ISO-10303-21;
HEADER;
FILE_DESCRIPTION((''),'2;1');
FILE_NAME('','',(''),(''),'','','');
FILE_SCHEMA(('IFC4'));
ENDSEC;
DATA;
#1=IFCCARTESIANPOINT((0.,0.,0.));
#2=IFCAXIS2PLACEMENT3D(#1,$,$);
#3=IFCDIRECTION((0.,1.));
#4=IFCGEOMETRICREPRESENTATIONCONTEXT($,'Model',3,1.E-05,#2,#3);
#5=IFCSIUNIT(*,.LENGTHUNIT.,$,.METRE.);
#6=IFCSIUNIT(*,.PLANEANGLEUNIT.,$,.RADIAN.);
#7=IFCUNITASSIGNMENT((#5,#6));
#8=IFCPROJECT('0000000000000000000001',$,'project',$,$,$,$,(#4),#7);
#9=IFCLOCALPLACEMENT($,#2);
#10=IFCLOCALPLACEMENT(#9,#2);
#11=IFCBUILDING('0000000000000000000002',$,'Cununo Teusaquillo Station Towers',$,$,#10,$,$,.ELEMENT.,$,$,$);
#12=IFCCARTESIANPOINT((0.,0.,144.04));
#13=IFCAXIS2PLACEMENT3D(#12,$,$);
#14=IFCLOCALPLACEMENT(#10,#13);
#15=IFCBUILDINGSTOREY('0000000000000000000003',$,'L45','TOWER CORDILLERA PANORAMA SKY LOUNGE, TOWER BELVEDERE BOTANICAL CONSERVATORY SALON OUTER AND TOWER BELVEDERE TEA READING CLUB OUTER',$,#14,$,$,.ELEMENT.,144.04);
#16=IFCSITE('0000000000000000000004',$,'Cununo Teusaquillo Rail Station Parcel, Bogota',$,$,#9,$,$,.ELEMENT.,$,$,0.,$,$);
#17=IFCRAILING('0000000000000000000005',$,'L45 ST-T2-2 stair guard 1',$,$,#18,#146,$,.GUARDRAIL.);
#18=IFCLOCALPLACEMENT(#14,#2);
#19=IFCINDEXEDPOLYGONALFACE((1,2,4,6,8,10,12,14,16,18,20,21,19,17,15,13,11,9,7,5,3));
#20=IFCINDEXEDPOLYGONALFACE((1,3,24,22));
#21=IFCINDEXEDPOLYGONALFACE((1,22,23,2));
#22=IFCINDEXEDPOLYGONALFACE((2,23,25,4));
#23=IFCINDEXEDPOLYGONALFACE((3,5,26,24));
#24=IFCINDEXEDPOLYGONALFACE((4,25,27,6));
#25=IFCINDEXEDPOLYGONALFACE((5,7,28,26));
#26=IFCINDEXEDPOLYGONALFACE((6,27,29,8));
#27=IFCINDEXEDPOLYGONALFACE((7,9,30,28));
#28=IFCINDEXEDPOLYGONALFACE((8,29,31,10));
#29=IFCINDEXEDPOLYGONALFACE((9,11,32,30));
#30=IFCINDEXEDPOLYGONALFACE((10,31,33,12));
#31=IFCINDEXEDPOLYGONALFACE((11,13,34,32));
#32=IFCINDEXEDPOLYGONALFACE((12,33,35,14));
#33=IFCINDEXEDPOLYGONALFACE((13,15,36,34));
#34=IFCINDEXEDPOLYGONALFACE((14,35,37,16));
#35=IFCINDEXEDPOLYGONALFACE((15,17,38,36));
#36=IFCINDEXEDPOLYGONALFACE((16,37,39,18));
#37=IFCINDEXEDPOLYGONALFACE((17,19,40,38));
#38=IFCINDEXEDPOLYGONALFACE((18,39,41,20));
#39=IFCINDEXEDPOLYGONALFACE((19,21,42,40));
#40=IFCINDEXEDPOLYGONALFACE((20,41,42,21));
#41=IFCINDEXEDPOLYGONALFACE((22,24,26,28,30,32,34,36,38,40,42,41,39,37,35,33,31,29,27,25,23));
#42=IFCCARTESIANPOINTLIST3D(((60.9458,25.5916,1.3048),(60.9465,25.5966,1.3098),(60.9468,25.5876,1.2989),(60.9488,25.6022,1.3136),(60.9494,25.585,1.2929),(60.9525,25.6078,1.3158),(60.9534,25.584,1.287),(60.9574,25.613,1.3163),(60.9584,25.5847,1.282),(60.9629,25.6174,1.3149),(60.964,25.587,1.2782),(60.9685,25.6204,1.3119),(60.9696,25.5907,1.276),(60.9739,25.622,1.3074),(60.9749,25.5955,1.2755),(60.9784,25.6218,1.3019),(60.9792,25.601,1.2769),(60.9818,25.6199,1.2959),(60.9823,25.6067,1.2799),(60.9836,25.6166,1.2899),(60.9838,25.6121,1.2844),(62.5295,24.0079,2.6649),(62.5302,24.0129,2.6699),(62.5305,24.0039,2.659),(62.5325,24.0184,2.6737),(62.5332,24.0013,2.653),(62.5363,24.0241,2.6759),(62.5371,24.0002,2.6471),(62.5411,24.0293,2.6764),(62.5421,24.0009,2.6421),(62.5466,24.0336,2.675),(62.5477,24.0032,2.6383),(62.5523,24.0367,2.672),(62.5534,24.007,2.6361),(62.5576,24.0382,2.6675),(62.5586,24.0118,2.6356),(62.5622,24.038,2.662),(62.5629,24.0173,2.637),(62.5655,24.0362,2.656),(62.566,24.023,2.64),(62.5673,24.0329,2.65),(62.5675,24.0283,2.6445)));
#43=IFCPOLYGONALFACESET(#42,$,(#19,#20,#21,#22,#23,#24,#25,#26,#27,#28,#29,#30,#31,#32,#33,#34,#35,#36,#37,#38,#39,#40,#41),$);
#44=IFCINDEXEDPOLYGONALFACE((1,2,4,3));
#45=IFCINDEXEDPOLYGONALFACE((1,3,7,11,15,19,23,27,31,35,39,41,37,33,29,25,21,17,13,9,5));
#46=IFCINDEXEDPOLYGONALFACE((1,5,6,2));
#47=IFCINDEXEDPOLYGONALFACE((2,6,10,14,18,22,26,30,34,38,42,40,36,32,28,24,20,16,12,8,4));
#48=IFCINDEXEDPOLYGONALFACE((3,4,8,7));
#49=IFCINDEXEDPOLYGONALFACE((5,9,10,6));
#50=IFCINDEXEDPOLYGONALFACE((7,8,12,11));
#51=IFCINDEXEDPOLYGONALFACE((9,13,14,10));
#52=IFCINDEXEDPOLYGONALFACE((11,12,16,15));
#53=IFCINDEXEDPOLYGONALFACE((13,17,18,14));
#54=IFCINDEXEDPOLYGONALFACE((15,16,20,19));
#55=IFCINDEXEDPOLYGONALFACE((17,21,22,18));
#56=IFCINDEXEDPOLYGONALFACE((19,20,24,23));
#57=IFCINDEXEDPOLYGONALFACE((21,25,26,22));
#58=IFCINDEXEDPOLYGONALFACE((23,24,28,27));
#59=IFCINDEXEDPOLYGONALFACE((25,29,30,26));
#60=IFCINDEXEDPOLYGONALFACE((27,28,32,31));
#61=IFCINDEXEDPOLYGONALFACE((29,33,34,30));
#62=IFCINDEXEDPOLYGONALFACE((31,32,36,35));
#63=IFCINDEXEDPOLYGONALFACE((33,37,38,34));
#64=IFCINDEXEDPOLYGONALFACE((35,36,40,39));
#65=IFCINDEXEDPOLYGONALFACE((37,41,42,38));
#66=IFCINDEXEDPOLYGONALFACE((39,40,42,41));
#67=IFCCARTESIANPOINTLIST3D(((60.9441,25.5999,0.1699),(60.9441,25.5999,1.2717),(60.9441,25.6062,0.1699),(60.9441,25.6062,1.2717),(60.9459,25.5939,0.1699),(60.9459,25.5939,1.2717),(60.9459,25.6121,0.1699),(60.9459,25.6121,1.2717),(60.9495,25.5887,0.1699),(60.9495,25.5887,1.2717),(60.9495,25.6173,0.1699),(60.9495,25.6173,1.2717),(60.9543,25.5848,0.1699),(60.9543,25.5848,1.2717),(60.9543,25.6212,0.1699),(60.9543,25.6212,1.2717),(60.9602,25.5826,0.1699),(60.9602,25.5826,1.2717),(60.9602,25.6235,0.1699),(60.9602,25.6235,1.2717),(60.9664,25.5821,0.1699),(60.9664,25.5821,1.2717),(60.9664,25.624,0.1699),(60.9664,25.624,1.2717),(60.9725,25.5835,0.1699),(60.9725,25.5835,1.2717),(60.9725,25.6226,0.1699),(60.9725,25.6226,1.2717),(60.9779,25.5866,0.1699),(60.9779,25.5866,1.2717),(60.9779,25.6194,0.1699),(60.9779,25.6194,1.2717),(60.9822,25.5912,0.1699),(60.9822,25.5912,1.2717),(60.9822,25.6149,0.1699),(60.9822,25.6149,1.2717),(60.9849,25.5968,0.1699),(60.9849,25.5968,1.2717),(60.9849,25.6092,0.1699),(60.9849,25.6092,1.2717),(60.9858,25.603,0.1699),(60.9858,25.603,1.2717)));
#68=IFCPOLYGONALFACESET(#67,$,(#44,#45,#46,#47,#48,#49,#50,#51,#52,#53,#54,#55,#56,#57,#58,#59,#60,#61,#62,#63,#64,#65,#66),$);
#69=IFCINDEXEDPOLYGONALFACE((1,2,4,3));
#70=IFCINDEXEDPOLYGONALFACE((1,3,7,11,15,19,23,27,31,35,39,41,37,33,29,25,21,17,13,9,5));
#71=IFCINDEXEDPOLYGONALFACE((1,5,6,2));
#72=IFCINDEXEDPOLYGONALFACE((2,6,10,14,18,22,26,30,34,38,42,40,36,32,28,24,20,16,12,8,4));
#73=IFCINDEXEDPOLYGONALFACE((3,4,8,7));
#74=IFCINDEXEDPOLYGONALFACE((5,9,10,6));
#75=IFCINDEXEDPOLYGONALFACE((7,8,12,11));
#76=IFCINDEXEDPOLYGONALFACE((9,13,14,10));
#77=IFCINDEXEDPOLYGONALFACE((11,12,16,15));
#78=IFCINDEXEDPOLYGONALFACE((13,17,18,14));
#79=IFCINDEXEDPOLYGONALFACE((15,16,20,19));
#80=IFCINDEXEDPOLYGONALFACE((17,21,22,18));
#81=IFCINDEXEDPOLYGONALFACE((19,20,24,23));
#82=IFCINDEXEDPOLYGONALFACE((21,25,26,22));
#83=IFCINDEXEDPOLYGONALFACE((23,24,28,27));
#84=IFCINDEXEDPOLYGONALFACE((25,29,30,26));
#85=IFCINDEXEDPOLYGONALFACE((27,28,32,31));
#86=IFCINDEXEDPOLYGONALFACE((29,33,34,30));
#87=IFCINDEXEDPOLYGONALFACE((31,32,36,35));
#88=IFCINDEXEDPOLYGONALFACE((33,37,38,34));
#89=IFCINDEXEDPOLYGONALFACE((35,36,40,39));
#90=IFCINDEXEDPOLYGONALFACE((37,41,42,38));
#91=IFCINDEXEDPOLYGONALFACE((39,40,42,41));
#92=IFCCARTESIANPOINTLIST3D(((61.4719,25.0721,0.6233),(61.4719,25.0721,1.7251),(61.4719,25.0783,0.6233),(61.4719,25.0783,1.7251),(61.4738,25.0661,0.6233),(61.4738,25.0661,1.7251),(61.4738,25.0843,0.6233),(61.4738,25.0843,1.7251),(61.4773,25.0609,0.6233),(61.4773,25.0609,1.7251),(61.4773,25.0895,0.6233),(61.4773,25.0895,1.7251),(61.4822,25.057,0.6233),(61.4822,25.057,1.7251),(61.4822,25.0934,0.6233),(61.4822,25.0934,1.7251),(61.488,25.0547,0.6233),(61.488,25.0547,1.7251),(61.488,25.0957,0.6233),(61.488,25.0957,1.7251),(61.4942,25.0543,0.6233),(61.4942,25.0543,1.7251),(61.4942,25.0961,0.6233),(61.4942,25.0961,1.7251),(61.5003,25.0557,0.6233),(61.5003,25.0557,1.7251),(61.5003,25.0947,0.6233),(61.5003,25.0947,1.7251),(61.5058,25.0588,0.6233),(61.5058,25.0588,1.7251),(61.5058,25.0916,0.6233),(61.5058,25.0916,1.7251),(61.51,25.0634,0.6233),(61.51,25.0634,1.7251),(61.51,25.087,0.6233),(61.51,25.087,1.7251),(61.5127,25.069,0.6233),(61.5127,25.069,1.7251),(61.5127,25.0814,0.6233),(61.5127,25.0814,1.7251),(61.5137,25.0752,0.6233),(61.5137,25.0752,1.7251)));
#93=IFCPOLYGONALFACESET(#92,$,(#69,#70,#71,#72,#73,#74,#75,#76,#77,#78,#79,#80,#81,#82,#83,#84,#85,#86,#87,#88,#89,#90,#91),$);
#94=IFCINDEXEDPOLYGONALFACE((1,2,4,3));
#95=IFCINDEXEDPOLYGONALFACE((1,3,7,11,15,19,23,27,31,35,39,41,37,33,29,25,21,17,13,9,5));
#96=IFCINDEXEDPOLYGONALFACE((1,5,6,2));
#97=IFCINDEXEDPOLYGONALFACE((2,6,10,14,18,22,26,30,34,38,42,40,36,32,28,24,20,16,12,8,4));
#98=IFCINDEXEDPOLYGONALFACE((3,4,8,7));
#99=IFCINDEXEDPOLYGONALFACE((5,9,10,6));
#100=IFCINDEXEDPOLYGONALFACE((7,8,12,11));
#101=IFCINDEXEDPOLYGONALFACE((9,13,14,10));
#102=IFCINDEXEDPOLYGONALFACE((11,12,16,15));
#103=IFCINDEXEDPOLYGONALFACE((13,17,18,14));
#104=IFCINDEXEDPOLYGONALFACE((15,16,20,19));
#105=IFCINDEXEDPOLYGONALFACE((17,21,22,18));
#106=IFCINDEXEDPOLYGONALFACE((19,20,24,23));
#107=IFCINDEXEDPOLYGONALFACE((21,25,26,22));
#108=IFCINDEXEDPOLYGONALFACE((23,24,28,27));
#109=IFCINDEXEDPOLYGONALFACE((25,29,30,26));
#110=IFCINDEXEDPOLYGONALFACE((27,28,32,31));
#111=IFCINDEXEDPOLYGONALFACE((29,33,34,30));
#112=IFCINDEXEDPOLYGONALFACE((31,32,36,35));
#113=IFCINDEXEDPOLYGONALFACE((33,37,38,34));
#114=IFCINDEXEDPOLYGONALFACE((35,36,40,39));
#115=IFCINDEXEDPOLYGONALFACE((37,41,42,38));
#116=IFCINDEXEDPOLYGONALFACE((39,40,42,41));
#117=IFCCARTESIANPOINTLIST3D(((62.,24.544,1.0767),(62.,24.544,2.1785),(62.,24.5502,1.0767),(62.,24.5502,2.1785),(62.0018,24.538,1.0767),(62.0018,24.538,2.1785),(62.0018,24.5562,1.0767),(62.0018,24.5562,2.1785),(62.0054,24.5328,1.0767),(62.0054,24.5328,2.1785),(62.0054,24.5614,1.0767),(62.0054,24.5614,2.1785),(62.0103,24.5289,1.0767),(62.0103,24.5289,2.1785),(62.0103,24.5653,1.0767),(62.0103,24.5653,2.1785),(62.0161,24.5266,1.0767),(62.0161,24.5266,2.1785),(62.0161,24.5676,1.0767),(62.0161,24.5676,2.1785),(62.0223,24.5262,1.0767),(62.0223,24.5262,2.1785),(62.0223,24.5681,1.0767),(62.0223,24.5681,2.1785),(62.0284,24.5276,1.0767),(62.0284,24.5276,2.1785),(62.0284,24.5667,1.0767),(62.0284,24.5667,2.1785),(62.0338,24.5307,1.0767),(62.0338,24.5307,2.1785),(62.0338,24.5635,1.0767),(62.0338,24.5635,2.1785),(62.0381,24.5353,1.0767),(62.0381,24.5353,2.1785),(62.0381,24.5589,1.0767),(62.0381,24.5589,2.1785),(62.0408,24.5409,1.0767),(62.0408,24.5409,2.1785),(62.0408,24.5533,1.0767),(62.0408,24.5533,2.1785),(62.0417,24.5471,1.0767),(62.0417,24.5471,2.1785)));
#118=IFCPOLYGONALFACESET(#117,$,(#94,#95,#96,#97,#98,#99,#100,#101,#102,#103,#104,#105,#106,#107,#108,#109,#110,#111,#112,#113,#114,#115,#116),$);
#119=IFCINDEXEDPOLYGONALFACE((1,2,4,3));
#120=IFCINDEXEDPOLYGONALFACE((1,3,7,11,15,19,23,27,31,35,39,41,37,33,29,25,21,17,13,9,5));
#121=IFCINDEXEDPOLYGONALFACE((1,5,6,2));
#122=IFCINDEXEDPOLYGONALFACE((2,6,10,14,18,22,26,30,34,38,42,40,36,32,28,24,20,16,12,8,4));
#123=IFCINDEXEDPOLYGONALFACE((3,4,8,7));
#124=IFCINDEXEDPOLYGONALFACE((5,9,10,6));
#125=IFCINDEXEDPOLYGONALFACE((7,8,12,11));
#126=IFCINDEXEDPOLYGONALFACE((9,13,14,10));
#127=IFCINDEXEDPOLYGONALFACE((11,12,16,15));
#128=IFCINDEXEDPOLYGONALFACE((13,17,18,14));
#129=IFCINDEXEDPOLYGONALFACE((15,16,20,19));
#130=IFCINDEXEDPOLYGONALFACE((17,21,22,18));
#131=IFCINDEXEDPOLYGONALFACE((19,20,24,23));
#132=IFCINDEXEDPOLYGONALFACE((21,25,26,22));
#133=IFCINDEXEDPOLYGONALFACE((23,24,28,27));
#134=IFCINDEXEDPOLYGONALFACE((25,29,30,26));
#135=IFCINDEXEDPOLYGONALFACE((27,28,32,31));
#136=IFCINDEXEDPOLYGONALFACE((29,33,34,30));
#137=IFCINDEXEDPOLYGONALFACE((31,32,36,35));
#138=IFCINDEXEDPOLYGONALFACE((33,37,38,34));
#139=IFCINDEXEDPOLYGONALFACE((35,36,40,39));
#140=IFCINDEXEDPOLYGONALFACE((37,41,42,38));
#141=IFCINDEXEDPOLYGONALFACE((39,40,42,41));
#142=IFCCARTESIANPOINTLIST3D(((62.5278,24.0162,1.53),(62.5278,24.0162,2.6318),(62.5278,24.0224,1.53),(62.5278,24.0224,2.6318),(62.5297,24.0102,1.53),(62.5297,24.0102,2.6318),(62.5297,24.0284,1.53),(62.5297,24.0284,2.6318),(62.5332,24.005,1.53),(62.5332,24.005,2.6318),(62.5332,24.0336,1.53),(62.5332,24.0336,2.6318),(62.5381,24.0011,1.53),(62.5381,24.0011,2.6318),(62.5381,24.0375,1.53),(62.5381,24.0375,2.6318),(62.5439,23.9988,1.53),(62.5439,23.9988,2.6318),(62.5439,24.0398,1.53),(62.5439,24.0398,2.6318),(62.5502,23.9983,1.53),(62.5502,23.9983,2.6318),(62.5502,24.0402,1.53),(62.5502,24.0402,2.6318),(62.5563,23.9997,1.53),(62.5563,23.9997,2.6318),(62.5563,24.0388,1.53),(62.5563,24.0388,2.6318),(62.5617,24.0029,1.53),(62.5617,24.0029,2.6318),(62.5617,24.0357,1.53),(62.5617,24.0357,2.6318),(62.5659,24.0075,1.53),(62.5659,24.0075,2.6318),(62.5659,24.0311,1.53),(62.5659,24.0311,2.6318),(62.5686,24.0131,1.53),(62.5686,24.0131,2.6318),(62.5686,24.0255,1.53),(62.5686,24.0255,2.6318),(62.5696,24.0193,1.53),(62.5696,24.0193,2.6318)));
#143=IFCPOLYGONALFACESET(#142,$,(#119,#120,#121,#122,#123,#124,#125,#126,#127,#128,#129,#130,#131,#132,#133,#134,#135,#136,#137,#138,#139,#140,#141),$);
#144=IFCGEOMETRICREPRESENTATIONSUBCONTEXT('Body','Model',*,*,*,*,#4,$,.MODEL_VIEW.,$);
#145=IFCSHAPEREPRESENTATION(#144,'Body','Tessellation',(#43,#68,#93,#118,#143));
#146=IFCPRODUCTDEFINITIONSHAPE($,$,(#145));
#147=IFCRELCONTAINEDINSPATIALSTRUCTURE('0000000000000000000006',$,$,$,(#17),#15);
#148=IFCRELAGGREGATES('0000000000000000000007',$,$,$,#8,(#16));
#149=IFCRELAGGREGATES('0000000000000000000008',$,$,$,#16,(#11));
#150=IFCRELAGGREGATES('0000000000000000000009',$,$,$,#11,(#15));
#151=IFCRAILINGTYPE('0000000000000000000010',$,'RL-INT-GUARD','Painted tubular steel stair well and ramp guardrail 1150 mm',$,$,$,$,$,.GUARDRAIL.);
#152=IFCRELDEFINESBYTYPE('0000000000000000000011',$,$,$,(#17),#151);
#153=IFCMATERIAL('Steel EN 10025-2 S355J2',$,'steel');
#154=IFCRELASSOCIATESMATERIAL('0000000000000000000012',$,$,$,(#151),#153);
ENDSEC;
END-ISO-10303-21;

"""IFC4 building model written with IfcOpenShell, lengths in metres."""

from ifc_helpers import new_model, si_unit, direction, frame, origin, origin_2d, place, context, subcontext, project, spatial, circle, extrude, material, type_object, element, save


model = new_model("IFC4")

# Units and contexts
model_context = context("Model", 3, precision=1e-05, world=origin(), true_north=direction((0.0, 1.0)))
body_context = subcontext(model_context, "Body", "Model", "MODEL_VIEW")
ifc_project = project(units=[si_unit("LENGTHUNIT", "METRE"), si_unit("PLANEANGLEUNIT", "RADIAN")], contexts=[model_context])

# Site, building, storey
site_placement = place(None, origin())
site = spatial("IfcSite", under=ifc_project, at=site_placement, Name="Cununo Teusaquillo Rail Station Parcel, Bogota", CompositionType="ELEMENT", RefElevation=0.0)
building_placement = place(site_placement, origin())
building = spatial("IfcBuilding", under=site, at=building_placement, Name="Cununo Teusaquillo Station Towers", CompositionType="ELEMENT")
storey_placement = place(building_placement, frame((0.0, 0.0, 144.04)))
storey = spatial("IfcBuildingStorey", under=building, at=storey_placement, Name="L45", Description="TOWER CORDILLERA PANORAMA SKY LOUNGE, TOWER BELVEDERE BOTANICAL CONSERVATORY SALON OUTER AND TOWER BELVEDERE TEA READING CLUB OUTER", CompositionType="ELEMENT", Elevation=144.04)

# Railing
ifc_material_1 = material(Name="Steel EN 10025-2 S355J2", Category="steel")
railing_type_1 = type_object("IfcRailingType", Name="RL-INT-GUARD", Description="Painted tubular steel stair well and ramp guardrail 1150 mm", PredefinedType="GUARDRAIL", material=ifc_material_1)
railing_1_placement = place(storey_placement, frame((60.9648, 25.603, 0.1699)))
element("IfcRailing", 1, at=railing_1_placement, inside=storey, type_object=railing_type_1, Name="L45 ST-T2-2 stair guard 1", PredefinedType="GUARDRAIL", context=body_context, shape_type="SweptSolid", body=[
    extrude(circle(Radius=0.0239, at=origin_2d()), frame((0.0, 0.0, 1.126), z_axis=(0.604395, -0.604395, 0.519051), x_axis=(0.707107, 0.707107, 0.0)), (0.0, 0.0, 1.0), 2.6204),
    extrude(circle(Radius=0.021, at=origin_2d()), origin(), (0.0, 0.0, 1.0), 1.1018),
    extrude(circle(Radius=0.021, at=origin_2d()), frame((0.5278, -0.5278, 0.4534)), (0.0, 0.0, 1.0), 1.1018),
    extrude(circle(Radius=0.021, at=origin_2d()), frame((1.0559, -1.0559, 0.9067)), (0.0, 0.0, 1.0), 1.1018),
    extrude(circle(Radius=0.021, at=origin_2d()), frame((1.5837, -1.5837, 1.3601)), (0.0, 0.0, 1.0), 1.1018),
])

save(model, "model.ifc")
